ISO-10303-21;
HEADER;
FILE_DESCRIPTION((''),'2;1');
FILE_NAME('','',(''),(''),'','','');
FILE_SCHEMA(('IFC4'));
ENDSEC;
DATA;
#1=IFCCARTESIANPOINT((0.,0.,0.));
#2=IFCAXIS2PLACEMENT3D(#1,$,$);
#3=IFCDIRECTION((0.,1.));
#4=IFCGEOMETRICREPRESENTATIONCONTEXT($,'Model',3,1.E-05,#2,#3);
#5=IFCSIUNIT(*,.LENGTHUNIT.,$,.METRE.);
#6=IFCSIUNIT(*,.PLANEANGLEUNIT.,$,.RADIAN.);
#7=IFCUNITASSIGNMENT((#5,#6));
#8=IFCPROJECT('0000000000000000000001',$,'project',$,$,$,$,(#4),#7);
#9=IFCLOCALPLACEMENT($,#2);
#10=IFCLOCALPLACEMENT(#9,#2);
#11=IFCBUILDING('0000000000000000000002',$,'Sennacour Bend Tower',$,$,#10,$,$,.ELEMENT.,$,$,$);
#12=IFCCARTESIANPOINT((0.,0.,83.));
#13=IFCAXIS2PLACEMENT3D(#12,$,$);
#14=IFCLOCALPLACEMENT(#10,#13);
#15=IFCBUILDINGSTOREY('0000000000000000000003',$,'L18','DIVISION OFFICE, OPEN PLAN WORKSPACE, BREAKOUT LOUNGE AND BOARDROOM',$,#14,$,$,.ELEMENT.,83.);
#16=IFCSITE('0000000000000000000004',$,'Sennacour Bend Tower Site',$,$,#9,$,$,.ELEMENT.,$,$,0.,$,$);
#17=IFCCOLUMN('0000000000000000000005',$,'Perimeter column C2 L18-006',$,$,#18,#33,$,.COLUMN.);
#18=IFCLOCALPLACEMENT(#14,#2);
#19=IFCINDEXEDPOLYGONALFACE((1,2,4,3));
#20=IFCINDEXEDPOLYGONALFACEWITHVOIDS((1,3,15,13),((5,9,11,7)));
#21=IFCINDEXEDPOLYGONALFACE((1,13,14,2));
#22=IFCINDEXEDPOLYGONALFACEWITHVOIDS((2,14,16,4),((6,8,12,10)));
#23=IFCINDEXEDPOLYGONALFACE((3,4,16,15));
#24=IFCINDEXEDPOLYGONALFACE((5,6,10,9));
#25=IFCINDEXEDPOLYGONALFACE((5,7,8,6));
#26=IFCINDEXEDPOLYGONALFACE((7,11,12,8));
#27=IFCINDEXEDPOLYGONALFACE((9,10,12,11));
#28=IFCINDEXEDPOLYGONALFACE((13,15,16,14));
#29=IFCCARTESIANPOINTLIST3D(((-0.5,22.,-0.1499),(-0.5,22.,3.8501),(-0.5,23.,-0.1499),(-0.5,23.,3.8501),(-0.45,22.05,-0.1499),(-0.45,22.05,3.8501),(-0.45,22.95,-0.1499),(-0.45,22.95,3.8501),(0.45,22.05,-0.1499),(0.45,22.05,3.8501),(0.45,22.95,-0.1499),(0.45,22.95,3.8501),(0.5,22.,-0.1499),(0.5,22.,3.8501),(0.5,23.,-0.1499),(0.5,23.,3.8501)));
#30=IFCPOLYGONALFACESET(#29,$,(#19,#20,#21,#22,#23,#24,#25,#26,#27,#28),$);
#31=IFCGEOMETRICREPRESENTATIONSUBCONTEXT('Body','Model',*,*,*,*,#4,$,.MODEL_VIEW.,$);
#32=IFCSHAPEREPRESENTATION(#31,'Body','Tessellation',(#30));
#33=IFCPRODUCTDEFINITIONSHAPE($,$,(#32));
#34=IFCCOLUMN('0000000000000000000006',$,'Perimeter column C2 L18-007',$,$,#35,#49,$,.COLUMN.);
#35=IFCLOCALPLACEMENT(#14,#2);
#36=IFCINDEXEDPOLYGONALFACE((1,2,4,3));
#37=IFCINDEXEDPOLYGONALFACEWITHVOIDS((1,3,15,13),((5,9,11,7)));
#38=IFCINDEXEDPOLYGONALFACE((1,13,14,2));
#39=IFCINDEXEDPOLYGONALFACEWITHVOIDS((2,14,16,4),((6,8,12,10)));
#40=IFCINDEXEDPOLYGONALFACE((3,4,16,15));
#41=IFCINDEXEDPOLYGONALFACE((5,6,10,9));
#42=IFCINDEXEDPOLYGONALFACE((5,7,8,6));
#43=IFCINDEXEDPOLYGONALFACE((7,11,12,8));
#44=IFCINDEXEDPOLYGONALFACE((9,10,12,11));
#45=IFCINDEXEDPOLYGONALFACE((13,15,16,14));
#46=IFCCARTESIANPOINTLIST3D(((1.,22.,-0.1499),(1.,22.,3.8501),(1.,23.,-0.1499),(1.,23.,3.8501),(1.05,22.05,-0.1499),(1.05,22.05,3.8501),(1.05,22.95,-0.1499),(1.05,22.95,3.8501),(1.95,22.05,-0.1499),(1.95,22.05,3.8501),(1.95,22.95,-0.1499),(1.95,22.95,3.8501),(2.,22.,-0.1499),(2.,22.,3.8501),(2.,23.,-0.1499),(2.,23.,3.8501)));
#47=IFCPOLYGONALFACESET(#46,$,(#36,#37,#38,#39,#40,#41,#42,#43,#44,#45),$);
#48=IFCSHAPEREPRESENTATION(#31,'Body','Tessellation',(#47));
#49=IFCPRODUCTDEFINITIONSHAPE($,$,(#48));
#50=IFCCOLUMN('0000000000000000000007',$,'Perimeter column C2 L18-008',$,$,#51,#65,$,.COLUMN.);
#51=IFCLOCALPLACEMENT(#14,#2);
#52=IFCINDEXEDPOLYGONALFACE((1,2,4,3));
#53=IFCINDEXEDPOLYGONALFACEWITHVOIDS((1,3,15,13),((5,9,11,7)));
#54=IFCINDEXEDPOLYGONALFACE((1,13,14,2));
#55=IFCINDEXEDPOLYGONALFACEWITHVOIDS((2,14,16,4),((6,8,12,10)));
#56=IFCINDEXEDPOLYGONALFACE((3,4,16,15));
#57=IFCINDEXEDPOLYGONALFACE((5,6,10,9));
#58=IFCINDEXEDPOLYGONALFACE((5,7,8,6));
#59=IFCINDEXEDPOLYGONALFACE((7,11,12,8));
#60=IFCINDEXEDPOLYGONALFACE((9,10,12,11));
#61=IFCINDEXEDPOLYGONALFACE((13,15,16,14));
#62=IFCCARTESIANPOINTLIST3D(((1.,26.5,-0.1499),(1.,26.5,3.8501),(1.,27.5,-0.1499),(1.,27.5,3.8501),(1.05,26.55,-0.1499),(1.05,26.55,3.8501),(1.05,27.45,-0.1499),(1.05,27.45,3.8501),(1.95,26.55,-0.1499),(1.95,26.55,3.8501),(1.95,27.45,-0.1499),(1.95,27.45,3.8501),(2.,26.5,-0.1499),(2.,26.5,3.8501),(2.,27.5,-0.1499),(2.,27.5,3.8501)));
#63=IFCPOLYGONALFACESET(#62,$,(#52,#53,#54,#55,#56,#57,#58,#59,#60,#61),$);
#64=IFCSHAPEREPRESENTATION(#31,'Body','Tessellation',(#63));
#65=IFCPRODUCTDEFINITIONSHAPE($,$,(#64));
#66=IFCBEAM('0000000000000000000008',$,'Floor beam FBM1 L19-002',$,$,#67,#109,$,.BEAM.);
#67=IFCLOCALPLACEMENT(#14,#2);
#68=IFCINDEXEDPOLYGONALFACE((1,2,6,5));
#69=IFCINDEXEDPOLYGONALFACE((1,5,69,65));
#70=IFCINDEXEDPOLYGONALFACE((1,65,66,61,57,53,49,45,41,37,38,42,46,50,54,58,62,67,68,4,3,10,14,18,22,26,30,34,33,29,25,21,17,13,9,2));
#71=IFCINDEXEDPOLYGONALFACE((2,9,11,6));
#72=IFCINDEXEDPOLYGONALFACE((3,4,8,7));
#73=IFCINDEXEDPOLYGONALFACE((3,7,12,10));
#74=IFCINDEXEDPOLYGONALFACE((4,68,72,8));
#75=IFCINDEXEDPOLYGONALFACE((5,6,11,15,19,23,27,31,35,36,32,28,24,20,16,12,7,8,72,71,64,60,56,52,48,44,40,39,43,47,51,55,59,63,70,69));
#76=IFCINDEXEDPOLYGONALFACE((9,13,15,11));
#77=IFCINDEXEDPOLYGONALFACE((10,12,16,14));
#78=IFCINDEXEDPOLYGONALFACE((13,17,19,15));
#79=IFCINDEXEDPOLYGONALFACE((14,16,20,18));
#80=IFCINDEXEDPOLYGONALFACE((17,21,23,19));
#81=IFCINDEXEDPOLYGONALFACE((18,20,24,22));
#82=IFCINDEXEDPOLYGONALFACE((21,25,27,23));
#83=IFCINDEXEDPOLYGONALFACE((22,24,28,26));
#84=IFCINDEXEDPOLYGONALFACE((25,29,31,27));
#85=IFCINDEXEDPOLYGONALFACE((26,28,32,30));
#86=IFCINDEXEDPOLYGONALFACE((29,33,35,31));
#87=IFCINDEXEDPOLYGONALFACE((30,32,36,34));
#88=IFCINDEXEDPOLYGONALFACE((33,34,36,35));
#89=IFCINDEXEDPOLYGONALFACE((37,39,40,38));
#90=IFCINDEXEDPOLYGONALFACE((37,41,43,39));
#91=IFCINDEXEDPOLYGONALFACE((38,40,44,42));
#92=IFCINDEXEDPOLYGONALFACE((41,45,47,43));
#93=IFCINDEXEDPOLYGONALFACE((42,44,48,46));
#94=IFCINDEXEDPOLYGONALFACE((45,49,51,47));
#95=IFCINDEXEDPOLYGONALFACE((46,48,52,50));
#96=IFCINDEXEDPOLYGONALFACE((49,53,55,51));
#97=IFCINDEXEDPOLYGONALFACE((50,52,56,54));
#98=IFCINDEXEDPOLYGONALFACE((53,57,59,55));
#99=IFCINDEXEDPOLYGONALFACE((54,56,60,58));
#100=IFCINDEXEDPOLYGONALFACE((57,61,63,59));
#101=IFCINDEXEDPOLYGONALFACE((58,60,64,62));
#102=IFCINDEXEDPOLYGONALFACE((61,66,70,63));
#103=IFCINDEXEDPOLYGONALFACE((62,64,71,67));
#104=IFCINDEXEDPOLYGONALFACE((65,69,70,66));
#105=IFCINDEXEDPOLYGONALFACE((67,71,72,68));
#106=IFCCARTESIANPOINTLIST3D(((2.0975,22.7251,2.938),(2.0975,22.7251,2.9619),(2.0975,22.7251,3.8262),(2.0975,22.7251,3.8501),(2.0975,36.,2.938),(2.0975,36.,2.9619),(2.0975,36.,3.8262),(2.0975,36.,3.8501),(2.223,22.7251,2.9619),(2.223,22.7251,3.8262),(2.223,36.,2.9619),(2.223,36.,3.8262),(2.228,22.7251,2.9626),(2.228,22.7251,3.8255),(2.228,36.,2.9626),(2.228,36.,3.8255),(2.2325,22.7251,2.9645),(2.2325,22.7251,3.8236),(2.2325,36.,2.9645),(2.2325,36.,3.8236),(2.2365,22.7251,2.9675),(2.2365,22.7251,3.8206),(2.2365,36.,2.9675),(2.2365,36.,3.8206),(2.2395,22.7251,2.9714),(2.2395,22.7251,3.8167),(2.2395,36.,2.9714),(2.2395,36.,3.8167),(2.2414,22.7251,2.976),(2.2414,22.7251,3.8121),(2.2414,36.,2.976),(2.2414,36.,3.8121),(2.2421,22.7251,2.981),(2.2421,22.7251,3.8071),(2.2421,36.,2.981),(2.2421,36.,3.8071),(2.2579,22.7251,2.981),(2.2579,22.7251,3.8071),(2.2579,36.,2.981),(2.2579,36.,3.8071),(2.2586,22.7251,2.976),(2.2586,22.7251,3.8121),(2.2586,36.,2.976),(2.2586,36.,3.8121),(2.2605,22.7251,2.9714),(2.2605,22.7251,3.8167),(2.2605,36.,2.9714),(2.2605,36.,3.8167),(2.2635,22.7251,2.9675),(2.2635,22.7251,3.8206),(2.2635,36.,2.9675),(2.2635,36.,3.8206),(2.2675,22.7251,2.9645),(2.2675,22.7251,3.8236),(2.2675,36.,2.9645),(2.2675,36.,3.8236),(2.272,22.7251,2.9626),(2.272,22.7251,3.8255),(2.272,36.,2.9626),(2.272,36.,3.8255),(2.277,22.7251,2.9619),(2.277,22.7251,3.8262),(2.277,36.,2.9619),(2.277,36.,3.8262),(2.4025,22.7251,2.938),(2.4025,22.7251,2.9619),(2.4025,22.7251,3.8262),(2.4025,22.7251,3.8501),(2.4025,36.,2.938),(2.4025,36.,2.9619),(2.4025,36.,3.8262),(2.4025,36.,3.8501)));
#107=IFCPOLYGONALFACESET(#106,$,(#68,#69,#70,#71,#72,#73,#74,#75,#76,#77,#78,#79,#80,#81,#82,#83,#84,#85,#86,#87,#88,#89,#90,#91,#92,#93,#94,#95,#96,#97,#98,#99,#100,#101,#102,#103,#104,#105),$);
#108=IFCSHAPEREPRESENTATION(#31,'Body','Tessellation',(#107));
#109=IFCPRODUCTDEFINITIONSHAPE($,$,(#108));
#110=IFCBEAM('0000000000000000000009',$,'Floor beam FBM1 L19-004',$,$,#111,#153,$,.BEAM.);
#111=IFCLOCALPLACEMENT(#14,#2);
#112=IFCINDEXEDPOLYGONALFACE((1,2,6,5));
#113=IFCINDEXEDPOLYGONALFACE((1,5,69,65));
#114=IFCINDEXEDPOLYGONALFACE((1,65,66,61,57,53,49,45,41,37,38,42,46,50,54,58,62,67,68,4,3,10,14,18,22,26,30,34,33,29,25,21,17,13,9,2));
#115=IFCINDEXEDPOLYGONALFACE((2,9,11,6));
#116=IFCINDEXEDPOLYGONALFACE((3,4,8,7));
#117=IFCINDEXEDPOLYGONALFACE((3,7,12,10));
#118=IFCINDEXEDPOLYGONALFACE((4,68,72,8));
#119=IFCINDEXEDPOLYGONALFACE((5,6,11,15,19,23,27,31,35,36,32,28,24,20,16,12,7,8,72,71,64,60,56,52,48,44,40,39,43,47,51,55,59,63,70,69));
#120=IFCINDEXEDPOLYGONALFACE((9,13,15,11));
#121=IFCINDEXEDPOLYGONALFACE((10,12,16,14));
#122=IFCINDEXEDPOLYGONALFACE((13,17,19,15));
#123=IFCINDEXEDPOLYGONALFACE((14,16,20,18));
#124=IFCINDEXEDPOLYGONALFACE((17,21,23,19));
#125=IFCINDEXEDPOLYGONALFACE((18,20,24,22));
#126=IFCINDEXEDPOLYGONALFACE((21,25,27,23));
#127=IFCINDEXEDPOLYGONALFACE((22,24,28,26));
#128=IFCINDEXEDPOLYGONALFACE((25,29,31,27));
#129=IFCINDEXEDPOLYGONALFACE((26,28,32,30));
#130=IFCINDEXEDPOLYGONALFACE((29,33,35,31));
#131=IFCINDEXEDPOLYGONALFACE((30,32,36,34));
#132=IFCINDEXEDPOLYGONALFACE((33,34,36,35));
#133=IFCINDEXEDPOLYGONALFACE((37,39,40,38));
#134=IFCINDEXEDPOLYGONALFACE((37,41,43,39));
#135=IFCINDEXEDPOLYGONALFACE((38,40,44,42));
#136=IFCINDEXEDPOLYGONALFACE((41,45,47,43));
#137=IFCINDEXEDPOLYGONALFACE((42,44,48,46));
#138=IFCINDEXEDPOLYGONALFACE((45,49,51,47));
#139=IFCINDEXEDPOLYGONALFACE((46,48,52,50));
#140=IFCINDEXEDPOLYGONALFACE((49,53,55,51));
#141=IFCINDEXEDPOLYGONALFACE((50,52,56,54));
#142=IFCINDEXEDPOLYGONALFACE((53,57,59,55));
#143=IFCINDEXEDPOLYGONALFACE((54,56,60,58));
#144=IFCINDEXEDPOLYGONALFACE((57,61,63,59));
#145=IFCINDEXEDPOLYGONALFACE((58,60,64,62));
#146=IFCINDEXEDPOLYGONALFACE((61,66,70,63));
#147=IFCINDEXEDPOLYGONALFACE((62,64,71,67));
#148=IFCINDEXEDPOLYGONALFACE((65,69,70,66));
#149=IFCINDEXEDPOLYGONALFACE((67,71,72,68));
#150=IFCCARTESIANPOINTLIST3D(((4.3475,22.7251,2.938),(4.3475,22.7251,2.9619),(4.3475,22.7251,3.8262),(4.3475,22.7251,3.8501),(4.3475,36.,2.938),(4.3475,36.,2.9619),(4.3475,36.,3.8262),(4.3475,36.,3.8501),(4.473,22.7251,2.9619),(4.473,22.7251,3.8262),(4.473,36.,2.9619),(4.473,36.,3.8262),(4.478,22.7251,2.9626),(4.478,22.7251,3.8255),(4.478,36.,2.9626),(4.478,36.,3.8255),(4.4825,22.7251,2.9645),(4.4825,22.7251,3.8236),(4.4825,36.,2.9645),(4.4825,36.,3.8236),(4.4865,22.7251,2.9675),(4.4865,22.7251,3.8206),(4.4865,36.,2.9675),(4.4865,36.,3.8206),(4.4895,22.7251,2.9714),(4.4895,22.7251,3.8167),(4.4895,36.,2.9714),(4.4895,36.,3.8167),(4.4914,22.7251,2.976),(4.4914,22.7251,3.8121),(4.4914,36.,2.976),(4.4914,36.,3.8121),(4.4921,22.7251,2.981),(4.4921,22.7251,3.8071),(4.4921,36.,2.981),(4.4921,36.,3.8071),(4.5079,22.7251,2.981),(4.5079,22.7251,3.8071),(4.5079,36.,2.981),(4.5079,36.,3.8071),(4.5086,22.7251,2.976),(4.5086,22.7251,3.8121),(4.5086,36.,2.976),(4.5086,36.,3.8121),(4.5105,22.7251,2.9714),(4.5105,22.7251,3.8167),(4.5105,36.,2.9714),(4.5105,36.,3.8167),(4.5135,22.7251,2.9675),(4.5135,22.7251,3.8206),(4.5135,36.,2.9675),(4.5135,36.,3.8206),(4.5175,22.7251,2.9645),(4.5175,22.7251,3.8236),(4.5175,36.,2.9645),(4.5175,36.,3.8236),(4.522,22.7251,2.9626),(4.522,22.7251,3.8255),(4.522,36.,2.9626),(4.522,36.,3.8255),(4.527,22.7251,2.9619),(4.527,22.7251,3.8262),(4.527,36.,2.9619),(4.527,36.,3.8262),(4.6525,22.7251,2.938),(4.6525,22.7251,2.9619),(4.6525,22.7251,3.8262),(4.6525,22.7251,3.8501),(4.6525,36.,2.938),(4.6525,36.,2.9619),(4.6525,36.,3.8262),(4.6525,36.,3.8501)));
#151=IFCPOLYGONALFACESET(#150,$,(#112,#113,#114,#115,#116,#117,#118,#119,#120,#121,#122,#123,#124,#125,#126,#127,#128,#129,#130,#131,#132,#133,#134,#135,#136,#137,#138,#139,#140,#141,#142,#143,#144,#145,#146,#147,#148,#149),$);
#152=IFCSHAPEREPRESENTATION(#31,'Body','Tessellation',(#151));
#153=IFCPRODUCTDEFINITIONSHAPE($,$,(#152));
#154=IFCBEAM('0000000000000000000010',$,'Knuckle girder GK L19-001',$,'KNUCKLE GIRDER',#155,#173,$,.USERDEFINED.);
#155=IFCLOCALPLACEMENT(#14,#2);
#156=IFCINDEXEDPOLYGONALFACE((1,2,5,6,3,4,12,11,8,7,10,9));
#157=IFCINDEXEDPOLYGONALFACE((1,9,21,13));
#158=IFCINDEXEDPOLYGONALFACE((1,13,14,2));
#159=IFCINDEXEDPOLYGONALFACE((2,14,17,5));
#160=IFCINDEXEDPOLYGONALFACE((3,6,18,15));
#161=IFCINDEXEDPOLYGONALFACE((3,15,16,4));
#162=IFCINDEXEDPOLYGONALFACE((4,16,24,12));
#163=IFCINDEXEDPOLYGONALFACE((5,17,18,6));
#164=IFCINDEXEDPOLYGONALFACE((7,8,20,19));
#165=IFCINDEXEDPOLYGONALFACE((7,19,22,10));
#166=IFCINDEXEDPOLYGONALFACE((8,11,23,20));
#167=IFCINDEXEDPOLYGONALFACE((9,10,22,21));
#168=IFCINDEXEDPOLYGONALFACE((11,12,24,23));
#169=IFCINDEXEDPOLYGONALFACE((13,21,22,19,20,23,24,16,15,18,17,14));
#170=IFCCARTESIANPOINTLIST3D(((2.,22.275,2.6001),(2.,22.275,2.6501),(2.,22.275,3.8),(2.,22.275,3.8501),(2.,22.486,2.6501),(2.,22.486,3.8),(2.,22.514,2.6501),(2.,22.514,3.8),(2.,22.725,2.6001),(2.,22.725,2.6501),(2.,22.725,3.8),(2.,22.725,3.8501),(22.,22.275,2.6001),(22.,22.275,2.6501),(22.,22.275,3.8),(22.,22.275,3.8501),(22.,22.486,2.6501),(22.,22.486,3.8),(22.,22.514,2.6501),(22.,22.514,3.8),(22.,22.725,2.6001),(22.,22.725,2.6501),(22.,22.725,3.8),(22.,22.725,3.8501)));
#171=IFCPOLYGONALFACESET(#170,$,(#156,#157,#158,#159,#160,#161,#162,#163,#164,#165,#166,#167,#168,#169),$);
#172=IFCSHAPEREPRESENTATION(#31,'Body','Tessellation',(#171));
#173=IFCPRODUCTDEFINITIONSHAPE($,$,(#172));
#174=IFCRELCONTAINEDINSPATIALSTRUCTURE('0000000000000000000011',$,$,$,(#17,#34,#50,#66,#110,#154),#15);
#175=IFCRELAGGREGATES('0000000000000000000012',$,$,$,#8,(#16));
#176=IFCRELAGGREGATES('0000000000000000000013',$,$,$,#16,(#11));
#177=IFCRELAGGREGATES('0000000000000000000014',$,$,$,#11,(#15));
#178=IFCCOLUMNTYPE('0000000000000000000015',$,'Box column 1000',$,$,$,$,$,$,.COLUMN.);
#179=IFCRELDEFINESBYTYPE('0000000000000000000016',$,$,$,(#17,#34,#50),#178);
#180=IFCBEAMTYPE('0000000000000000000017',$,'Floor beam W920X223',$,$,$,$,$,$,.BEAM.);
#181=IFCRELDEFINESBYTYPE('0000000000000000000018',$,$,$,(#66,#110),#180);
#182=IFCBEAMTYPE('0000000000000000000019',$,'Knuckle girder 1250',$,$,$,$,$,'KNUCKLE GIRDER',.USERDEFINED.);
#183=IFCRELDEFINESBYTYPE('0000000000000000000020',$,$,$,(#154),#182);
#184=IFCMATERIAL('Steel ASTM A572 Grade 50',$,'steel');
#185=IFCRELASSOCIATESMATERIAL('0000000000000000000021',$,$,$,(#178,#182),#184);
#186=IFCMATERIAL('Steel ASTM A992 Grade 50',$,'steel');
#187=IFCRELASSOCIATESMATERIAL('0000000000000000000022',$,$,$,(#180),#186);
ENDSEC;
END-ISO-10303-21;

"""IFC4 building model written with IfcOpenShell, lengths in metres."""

from ifc_helpers import new_model, si_unit, direction, frame, origin, origin_2d, place, context, subcontext, project, spatial, hollow_rectangle, i_section, extrude, material, material_profile, profile_set, type_object, element, save


model = new_model("IFC4")

# Units and contexts
model_context = context("Model", 3, precision=1e-05, world=origin(), true_north=direction((0.0, 1.0)))
body_context = subcontext(model_context, "Body", "Model", "MODEL_VIEW")
ifc_project = project(units=[si_unit("LENGTHUNIT", "METRE"), si_unit("PLANEANGLEUNIT", "RADIAN")], contexts=[model_context])

# Site, building, storey
site_placement = place(None, origin())
site = spatial("IfcSite", under=ifc_project, at=site_placement, Name="Sennacour Bend Tower Site", CompositionType="ELEMENT", RefElevation=0.0)
building_placement = place(site_placement, origin())
building = spatial("IfcBuilding", under=site, at=building_placement, Name="Sennacour Bend Tower", CompositionType="ELEMENT")
storey_placement = place(building_placement, frame((0.0, 0.0, 83.0)))
storey = spatial("IfcBuildingStorey", under=building, at=storey_placement, Name="L18", Description="DIVISION OFFICE, OPEN PLAN WORKSPACE, BREAKOUT LOUNGE AND BOARDROOM", CompositionType="ELEMENT", Elevation=83.0)

# Columns
ifc_material_1 = material(Name="Steel ASTM A572 Grade 50", Category="steel")
ifc_material_profile_1 = material_profile(ifc_material_1, hollow_rectangle(XDim=1.0, YDim=1.0, WallThickness=0.05, at=origin_2d()), Name="Steel ASTM A572 Grade 50", Category="steel")
ifc_profile_set_1 = profile_set([ifc_material_profile_1], Name="Steel ASTM A572 Grade 50")
column_type = type_object("IfcColumnType", Name="Box column 1000", PredefinedType="COLUMN", material=ifc_profile_set_1)
for number, where, z_axis, x_axis, name in (
    (1, (0.0, 22.5, -0.1499), (0.0, 0.0, 1.0), (1.0, 0.0, 0.0), "Perimeter column C2 L18-006"),
    (2, (1.5, 22.5, -0.1499), (0.0, 0.0, 1.0), (1.0, 0.0, 0.0), "Perimeter column C2 L18-007"),
    (3, (1.5, 27.0, -0.1499), (0.0, 0.0, 1.0), (1.0, 0.0, 0.0), "Perimeter column C2 L18-008"),
):
    element("IfcColumn", number, at=place(storey_placement, frame(where, z_axis=z_axis, x_axis=x_axis)), inside=storey, type_object=column_type, Name=name, PredefinedType="COLUMN", context=body_context, shape_type="SweptSolid", body=[
        extrude(hollow_rectangle(XDim=1.0, YDim=1.0, WallThickness=0.05, at=origin_2d()), origin(), (0.0, 0.0, 1.0), 4.0),
    ])

# Beams
ifc_material_2 = material(Name="Steel ASTM A992 Grade 50", Category="steel")
ifc_material_profile_2 = material_profile(ifc_material_2, i_section(OverallWidth=0.3049, OverallDepth=0.9121, WebThickness=0.0159, FlangeThickness=0.0239, FilletRadius=0.019, at=origin_2d()), Name="Steel ASTM A992 Grade 50", Category="steel")
ifc_profile_set_2 = profile_set([ifc_material_profile_2], Name="Steel ASTM A992 Grade 50")
beam_type_1 = type_object("IfcBeamType", Name="Floor beam W920X223", PredefinedType="BEAM", material=ifc_profile_set_2)
for number, where, z_axis, x_axis, name in (
    (4, (2.25, 22.7251, 3.394), (0.0, 1.0, 0.0), (-1.0, 0.0, 0.0), "Floor beam FBM1 L19-002"),
    (5, (4.5, 22.7251, 3.394), (0.0, 1.0, 0.0), (-1.0, 0.0, 0.0), "Floor beam FBM1 L19-004"),
):
    element("IfcBeam", number, at=place(storey_placement, frame(where, z_axis=z_axis, x_axis=x_axis)), inside=storey, type_object=beam_type_1, Name=name, PredefinedType="BEAM", context=body_context, shape_type="SweptSolid", body=[
        extrude(i_section(OverallWidth=0.3049, OverallDepth=0.9121, WebThickness=0.0159, FlangeThickness=0.0239, FilletRadius=0.019, at=origin_2d()), origin(), (0.0, 0.0, 1.0), 13.2749),
    ])
ifc_material_profile_3 = material_profile(ifc_material_1, i_section(OverallWidth=0.45, OverallDepth=1.25, WebThickness=0.0281, FlangeThickness=0.05, at=origin_2d()), Name="Steel ASTM A572 Grade 50", Category="steel")
ifc_profile_set_3 = profile_set([ifc_material_profile_3], Name="Steel ASTM A572 Grade 50")
beam_type_2 = type_object("IfcBeamType", Name="Knuckle girder 1250", ElementType="KNUCKLE GIRDER", PredefinedType="USERDEFINED", material=ifc_profile_set_3)
beam_1_placement = place(storey_placement, frame((2.0, 22.5, 3.2251), z_axis=(1.0, 0.0, 0.0), x_axis=(0.0, 1.0, 0.0)))
element("IfcBeam", 6, at=beam_1_placement, inside=storey, type_object=beam_type_2, Name="Knuckle girder GK L19-001", ObjectType="KNUCKLE GIRDER", PredefinedType="USERDEFINED", context=body_context, shape_type="SweptSolid", body=[
    extrude(i_section(OverallWidth=0.45, OverallDepth=1.25, WebThickness=0.0281, FlangeThickness=0.05, at=origin_2d()), origin(), (0.0, 0.0, 1.0), 20.0),
])

save(model, "model.ifc")
